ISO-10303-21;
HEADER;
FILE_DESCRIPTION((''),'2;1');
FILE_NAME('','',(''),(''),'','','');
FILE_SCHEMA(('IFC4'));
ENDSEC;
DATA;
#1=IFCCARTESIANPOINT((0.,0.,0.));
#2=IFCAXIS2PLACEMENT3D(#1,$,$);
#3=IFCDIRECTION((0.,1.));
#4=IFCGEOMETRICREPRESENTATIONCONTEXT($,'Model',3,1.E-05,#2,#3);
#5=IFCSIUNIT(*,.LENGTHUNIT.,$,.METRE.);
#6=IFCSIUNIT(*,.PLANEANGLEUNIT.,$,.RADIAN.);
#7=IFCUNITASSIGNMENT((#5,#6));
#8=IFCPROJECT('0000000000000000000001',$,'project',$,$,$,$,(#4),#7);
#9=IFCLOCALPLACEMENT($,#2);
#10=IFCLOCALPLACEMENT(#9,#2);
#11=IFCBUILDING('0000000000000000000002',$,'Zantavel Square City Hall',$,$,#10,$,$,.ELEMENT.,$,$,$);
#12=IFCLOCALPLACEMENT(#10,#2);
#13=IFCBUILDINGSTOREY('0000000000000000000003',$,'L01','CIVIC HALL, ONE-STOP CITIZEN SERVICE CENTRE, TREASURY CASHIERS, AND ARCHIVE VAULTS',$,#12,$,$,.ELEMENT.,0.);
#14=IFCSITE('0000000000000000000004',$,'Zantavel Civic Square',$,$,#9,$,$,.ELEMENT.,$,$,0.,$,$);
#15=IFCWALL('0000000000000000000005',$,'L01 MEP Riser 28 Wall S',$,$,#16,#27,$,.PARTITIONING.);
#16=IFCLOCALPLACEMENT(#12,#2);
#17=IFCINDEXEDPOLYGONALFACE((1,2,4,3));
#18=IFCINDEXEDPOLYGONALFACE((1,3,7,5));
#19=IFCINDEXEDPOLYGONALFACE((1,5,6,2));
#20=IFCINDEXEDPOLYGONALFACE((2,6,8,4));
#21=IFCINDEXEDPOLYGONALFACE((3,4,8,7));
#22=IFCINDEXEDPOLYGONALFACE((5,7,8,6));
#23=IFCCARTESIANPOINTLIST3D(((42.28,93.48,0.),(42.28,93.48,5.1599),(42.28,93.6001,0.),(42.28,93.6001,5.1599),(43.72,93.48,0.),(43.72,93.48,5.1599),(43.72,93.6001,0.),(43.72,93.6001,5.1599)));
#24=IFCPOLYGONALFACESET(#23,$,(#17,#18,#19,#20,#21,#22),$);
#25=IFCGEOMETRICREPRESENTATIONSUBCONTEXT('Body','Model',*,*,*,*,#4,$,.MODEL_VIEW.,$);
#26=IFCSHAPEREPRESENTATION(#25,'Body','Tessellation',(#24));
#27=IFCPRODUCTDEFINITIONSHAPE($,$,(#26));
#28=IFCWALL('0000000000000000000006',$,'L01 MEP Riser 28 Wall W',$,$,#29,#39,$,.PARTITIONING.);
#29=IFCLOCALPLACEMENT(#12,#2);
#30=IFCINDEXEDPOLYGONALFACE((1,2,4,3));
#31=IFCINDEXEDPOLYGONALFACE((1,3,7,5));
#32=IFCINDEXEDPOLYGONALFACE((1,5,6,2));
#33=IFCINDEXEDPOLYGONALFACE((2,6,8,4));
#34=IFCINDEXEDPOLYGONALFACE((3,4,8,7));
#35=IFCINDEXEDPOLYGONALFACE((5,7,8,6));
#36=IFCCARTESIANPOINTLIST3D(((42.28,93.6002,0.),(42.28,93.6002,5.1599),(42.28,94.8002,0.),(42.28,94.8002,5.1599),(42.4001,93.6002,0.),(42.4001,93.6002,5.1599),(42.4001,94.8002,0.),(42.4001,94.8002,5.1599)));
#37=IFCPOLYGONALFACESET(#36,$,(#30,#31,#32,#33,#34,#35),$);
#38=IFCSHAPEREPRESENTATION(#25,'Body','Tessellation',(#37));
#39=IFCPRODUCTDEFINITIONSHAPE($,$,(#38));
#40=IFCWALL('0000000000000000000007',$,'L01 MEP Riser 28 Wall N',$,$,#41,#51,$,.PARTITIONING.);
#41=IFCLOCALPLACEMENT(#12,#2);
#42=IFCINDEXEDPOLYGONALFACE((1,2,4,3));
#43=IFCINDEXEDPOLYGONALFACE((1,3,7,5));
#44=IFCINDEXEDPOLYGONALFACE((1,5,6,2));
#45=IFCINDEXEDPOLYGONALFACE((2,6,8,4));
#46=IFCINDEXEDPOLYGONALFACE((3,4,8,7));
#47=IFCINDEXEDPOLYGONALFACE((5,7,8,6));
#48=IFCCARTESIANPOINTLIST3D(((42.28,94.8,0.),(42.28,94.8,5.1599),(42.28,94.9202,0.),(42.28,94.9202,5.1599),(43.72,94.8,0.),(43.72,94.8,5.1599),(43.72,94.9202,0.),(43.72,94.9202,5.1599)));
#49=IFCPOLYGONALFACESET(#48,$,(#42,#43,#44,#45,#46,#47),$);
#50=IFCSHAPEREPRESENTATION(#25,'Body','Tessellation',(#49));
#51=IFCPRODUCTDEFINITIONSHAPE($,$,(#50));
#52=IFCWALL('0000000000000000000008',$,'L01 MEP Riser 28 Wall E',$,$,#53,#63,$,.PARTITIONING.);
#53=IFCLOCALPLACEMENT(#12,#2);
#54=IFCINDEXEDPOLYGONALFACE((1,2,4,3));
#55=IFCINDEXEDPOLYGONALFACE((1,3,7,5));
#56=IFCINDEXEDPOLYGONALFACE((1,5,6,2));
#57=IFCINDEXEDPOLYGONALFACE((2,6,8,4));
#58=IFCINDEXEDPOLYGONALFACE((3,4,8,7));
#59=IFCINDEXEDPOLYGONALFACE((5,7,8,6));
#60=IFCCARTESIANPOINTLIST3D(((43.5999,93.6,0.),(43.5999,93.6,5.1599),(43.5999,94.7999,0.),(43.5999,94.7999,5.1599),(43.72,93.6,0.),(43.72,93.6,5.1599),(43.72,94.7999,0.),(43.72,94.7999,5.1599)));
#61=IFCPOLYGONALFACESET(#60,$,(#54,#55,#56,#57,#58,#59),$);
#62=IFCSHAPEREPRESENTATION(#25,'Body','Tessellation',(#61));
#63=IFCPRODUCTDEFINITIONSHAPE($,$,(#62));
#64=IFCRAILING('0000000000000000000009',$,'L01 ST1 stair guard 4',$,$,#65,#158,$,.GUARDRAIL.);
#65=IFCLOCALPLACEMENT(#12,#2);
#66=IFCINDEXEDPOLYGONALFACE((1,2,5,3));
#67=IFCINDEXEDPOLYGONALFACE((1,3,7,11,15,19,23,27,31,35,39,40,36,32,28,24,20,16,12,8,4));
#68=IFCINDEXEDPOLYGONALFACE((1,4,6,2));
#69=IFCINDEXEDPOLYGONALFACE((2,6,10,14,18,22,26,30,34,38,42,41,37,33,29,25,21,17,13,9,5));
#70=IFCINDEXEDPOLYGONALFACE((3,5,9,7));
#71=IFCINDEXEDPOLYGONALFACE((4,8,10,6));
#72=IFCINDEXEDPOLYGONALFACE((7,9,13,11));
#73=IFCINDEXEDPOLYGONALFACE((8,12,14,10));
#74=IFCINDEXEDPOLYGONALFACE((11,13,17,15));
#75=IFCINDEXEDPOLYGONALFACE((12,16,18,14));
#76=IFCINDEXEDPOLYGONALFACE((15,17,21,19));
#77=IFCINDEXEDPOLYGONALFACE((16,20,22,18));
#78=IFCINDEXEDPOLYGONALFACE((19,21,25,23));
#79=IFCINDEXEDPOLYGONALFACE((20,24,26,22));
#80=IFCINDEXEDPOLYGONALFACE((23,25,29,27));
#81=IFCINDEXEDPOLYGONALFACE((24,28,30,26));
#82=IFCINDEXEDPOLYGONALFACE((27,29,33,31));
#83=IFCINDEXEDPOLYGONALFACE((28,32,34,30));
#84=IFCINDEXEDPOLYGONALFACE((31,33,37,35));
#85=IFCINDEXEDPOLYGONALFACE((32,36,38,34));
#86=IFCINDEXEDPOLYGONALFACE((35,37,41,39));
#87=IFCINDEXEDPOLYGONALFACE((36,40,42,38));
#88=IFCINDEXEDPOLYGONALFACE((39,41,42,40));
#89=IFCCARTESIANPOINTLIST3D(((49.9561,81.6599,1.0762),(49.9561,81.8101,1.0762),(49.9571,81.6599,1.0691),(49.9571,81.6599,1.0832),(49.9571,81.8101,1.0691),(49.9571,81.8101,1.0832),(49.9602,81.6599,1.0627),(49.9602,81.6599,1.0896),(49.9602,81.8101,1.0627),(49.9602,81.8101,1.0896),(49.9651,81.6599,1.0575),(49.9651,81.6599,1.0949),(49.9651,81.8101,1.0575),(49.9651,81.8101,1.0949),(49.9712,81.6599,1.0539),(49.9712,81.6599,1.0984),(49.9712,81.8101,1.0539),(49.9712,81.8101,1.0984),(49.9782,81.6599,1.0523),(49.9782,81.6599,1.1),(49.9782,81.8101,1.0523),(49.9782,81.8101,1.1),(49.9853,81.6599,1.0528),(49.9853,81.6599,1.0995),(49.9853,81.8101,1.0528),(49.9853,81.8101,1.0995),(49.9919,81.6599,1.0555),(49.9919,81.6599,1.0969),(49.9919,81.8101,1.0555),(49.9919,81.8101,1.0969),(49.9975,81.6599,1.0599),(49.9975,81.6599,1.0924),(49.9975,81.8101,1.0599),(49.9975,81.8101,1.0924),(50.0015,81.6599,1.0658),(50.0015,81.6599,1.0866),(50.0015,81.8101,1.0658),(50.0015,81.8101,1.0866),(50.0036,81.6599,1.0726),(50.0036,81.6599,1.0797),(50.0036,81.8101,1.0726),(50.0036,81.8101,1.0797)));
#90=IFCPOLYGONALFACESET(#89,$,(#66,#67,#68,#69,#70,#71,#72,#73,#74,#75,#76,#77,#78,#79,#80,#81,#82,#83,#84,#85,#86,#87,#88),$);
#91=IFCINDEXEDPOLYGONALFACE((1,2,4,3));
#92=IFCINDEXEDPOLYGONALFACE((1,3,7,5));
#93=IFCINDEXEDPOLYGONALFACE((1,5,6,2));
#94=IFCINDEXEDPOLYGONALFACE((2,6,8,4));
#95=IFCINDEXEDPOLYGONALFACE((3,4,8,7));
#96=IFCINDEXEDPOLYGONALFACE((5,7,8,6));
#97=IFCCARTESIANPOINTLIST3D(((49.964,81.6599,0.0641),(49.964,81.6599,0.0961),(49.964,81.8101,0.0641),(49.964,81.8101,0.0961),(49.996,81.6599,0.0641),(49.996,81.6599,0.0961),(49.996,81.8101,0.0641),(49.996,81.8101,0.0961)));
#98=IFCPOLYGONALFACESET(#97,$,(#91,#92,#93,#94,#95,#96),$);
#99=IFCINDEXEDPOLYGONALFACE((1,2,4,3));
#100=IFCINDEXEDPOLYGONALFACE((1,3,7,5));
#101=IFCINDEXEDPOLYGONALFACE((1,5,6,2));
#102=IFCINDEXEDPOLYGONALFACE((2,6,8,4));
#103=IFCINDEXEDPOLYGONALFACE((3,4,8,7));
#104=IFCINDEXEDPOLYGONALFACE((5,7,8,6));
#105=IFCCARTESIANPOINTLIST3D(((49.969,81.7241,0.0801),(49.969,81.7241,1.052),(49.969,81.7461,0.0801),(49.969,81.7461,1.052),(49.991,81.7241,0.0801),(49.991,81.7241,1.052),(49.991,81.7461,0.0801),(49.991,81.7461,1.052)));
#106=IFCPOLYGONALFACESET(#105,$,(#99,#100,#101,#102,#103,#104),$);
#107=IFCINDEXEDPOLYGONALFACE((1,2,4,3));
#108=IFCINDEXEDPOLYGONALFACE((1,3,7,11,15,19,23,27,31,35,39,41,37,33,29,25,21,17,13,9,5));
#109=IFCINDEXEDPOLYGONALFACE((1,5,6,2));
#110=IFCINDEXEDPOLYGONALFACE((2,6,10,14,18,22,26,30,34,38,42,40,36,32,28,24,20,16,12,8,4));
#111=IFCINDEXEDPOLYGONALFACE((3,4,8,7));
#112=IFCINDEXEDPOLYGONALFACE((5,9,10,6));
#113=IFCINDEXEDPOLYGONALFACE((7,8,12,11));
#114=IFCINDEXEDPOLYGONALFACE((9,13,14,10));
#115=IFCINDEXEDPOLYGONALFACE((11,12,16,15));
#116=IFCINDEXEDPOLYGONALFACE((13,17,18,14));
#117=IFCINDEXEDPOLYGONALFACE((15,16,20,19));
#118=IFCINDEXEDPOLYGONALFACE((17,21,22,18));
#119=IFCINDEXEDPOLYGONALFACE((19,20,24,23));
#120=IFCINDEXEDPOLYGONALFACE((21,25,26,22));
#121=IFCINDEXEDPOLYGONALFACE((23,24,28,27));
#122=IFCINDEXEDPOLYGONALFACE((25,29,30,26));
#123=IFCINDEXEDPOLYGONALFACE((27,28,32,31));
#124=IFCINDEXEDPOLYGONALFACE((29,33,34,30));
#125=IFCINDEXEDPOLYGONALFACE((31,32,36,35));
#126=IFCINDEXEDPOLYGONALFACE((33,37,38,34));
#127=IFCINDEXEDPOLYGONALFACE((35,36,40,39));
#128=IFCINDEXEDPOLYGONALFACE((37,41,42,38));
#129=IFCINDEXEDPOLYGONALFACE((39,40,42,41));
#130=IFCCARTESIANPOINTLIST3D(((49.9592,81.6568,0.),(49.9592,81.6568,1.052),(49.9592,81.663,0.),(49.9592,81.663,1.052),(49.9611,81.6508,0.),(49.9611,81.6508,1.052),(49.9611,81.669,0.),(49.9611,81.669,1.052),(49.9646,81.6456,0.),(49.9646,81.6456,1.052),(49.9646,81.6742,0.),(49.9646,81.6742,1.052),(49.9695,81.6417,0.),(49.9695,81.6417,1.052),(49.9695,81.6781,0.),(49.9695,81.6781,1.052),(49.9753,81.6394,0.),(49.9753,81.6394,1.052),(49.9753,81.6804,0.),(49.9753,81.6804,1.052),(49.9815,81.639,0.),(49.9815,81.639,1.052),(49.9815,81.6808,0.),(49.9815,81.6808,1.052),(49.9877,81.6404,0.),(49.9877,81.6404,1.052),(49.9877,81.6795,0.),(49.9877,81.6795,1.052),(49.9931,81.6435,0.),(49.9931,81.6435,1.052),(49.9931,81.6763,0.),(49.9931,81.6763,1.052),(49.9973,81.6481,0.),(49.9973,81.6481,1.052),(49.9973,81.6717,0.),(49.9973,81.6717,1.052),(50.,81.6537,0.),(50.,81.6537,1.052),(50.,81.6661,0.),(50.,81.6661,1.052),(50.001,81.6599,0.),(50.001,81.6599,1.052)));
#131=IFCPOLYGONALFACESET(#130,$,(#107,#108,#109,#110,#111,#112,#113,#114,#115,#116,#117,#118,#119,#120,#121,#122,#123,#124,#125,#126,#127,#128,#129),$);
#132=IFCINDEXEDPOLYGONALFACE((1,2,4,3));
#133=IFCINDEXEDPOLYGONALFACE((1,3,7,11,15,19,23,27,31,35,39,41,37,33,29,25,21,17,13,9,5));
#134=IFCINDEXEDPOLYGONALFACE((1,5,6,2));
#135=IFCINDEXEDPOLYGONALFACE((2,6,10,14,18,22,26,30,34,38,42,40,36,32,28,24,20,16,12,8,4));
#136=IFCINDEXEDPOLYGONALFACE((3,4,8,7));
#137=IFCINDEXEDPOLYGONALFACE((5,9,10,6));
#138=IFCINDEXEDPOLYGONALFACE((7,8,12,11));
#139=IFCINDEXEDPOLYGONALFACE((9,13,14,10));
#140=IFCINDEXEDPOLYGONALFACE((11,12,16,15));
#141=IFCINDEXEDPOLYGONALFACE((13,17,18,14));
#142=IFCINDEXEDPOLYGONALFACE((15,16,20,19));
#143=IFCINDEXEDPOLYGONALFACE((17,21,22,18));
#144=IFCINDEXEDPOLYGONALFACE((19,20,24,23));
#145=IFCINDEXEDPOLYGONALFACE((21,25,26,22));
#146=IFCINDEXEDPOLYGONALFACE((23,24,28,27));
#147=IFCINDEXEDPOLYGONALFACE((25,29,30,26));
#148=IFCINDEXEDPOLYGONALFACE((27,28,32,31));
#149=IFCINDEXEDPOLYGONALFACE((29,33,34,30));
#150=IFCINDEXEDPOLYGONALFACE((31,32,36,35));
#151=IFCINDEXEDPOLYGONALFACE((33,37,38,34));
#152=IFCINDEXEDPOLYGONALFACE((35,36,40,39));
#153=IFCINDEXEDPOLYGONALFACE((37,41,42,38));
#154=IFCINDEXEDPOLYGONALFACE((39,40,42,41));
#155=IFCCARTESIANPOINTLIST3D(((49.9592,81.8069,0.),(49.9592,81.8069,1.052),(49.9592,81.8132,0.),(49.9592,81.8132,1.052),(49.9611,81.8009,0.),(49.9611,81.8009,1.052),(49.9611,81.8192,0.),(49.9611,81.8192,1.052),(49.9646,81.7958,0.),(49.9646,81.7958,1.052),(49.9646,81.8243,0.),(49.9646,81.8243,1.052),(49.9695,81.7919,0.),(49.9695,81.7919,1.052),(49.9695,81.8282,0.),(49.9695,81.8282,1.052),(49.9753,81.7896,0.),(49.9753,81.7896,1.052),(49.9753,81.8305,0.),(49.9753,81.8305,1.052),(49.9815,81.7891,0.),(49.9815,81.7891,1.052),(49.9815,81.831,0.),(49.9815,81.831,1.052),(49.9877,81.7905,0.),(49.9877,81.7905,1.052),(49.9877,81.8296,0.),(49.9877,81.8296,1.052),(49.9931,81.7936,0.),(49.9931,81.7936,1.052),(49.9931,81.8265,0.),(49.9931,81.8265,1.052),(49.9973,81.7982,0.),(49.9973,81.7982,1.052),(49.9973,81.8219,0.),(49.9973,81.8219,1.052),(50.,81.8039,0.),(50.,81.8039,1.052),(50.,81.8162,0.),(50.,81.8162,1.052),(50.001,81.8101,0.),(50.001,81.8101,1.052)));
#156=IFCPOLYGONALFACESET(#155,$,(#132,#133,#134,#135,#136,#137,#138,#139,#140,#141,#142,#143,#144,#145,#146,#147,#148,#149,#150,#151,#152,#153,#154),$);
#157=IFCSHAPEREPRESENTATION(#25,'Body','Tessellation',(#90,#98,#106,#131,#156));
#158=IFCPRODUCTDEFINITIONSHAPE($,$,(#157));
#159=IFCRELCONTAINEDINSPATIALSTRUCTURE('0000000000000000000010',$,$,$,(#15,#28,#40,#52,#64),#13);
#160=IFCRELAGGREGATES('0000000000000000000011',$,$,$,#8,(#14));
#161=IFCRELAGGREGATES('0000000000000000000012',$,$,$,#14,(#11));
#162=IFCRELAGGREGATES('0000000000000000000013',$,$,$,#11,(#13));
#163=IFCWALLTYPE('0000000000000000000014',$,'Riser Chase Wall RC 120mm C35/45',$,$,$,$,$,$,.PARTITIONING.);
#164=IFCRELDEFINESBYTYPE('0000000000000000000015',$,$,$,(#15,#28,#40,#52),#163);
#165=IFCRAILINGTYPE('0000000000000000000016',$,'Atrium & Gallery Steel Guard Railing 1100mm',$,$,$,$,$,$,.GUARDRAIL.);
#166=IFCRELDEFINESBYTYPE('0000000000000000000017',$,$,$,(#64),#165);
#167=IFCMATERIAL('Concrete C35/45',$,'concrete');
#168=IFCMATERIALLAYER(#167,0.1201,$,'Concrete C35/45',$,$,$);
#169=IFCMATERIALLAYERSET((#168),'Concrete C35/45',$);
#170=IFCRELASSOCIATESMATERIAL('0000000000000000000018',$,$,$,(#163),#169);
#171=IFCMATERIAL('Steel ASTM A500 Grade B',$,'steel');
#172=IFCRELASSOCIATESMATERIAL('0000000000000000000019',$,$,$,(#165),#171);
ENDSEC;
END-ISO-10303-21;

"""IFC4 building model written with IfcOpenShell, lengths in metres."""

from ifc_helpers import new_model, si_unit, direction, frame, frame_2d, origin, origin_2d, place, context, subcontext, project, spatial, rectangle, circle, extrude, material, layer, layer_set, type_object, element, save


model = new_model("IFC4")

# Units and contexts
model_context = context("Model", 3, precision=1e-05, world=origin(), true_north=direction((0.0, 1.0)))
body_context = subcontext(model_context, "Body", "Model", "MODEL_VIEW")
ifc_project = project(units=[si_unit("LENGTHUNIT", "METRE"), si_unit("PLANEANGLEUNIT", "RADIAN")], contexts=[model_context])

# Site, building, storey
site_placement = place(None, origin())
site = spatial("IfcSite", under=ifc_project, at=site_placement, Name="Zantavel Civic Square", CompositionType="ELEMENT", RefElevation=0.0)
building_placement = place(site_placement, origin())
building = spatial("IfcBuilding", under=site, at=building_placement, Name="Zantavel Square City Hall", CompositionType="ELEMENT")
storey_placement = place(building_placement, origin())
storey = spatial("IfcBuildingStorey", under=building, at=storey_placement, Name="L01", Description="CIVIC HALL, ONE-STOP CITIZEN SERVICE CENTRE, TREASURY CASHIERS, AND ARCHIVE VAULTS", CompositionType="ELEMENT", Elevation=0.0)

# Shared definitions
ifc_material_1 = material(Name="Concrete C35/45", Category="concrete")

# Walls
ifc_layer_1 = layer(ifc_material_1, 0.1201, Name="Concrete C35/45")
ifc_layer_set_1 = layer_set([ifc_layer_1], Name="Concrete C35/45")
wall_type_1 = type_object("IfcWallType", Name="Riser Chase Wall RC 120mm C35/45", PredefinedType="PARTITIONING", material=ifc_layer_set_1)
wall_1_placement = place(storey_placement, frame((43.72, 93.54, 0.0), z_axis=(0.0, 0.0, 1.0), x_axis=(-1.0, 0.0, 0.0)))
element("IfcWall", 1, at=wall_1_placement, inside=storey, type_object=wall_type_1, Name="L01 MEP Riser 28 Wall S", PredefinedType="PARTITIONING", context=body_context, shape_type="SweptSolid", body=[
    extrude(rectangle(XDim=1.4399, YDim=0.1201, at=frame_2d((0.72, 0.0))), origin(), (0.0, 0.0, 1.0), 5.1599),
])
wall_2_placement = place(storey_placement, frame((42.3401, 93.6001, 0.0), z_axis=(0.0, 0.0, 1.0), x_axis=(0.0, 1.0, 0.0)))
element("IfcWall", 2, at=wall_2_placement, inside=storey, type_object=wall_type_1, Name="L01 MEP Riser 28 Wall W", PredefinedType="PARTITIONING", context=body_context, shape_type="SweptSolid", body=[
    extrude(rectangle(XDim=1.2, YDim=0.1201, at=frame_2d((0.6001, 0.0))), origin(), (0.0, 0.0, 1.0), 5.1599),
])
wall_3_placement = place(storey_placement, frame((42.28, 94.8601, 0.0), z_axis=(0.0, 0.0, 1.0), x_axis=(1.0, 0.0, 0.0)))
element("IfcWall", 3, at=wall_3_placement, inside=storey, type_object=wall_type_1, Name="L01 MEP Riser 28 Wall N", PredefinedType="PARTITIONING", context=body_context, shape_type="SweptSolid", body=[
    extrude(rectangle(XDim=1.4399, YDim=0.1201, at=frame_2d((0.72, 0.0))), origin(), (0.0, 0.0, 1.0), 5.1599),
])
wall_4_placement = place(storey_placement, frame((43.6599, 94.8, 0.0), z_axis=(0.0, 0.0, 1.0), x_axis=(0.0, -1.0, 0.0)))
element("IfcWall", 4, at=wall_4_placement, inside=storey, type_object=wall_type_1, Name="L01 MEP Riser 28 Wall E", PredefinedType="PARTITIONING", context=body_context, shape_type="SweptSolid", body=[
    extrude(rectangle(XDim=1.2, YDim=0.1201, at=frame_2d((0.6001, 0.0))), origin(), (0.0, 0.0, 1.0), 5.1599),
])

# Railing
ifc_material_2 = material(Name="Steel ASTM A500 Grade B", Category="steel")
railing_type = type_object("IfcRailingType", Name="Atrium & Gallery Steel Guard Railing 1100mm", PredefinedType="GUARDRAIL", material=ifc_material_2)
railing_1_placement = place(storey_placement, frame((49.98, 81.6599, 0.0)))
element("IfcRailing", 5, at=railing_1_placement, inside=storey, type_object=railing_type, Name="L01 ST1 stair guard 4", PredefinedType="GUARDRAIL", context=body_context, shape_type="SweptSolid", body=[
    extrude(circle(Radius=0.0239, at=origin_2d()), frame((0.0, 0.0, 1.0762), z_axis=(0.0, 1.0, 0.0), x_axis=(-1.0, 0.0, 0.0)), (0.0, 0.0, 1.0), 0.1501),
    extrude(rectangle(XDim=0.032, YDim=0.032, at=origin_2d()), frame((0.0, 0.0, 0.0801), z_axis=(0.0, 1.0, 0.0), x_axis=(-1.0, 0.0, 0.0)), (0.0, 0.0, 1.0), 0.1501),
    extrude(rectangle(XDim=0.022, YDim=0.022, at=origin_2d()), frame((0.0, 0.0752, 0.0801)), (0.0, 0.0, 1.0), 0.9719),
    extrude(circle(Radius=0.021, at=origin_2d()), origin(), (0.0, 0.0, 1.0), 1.052),
    extrude(circle(Radius=0.021, at=origin_2d()), frame((0.0, 0.1501, 0.0)), (0.0, 0.0, 1.0), 1.052),
])

save(model, "model.ifc")
